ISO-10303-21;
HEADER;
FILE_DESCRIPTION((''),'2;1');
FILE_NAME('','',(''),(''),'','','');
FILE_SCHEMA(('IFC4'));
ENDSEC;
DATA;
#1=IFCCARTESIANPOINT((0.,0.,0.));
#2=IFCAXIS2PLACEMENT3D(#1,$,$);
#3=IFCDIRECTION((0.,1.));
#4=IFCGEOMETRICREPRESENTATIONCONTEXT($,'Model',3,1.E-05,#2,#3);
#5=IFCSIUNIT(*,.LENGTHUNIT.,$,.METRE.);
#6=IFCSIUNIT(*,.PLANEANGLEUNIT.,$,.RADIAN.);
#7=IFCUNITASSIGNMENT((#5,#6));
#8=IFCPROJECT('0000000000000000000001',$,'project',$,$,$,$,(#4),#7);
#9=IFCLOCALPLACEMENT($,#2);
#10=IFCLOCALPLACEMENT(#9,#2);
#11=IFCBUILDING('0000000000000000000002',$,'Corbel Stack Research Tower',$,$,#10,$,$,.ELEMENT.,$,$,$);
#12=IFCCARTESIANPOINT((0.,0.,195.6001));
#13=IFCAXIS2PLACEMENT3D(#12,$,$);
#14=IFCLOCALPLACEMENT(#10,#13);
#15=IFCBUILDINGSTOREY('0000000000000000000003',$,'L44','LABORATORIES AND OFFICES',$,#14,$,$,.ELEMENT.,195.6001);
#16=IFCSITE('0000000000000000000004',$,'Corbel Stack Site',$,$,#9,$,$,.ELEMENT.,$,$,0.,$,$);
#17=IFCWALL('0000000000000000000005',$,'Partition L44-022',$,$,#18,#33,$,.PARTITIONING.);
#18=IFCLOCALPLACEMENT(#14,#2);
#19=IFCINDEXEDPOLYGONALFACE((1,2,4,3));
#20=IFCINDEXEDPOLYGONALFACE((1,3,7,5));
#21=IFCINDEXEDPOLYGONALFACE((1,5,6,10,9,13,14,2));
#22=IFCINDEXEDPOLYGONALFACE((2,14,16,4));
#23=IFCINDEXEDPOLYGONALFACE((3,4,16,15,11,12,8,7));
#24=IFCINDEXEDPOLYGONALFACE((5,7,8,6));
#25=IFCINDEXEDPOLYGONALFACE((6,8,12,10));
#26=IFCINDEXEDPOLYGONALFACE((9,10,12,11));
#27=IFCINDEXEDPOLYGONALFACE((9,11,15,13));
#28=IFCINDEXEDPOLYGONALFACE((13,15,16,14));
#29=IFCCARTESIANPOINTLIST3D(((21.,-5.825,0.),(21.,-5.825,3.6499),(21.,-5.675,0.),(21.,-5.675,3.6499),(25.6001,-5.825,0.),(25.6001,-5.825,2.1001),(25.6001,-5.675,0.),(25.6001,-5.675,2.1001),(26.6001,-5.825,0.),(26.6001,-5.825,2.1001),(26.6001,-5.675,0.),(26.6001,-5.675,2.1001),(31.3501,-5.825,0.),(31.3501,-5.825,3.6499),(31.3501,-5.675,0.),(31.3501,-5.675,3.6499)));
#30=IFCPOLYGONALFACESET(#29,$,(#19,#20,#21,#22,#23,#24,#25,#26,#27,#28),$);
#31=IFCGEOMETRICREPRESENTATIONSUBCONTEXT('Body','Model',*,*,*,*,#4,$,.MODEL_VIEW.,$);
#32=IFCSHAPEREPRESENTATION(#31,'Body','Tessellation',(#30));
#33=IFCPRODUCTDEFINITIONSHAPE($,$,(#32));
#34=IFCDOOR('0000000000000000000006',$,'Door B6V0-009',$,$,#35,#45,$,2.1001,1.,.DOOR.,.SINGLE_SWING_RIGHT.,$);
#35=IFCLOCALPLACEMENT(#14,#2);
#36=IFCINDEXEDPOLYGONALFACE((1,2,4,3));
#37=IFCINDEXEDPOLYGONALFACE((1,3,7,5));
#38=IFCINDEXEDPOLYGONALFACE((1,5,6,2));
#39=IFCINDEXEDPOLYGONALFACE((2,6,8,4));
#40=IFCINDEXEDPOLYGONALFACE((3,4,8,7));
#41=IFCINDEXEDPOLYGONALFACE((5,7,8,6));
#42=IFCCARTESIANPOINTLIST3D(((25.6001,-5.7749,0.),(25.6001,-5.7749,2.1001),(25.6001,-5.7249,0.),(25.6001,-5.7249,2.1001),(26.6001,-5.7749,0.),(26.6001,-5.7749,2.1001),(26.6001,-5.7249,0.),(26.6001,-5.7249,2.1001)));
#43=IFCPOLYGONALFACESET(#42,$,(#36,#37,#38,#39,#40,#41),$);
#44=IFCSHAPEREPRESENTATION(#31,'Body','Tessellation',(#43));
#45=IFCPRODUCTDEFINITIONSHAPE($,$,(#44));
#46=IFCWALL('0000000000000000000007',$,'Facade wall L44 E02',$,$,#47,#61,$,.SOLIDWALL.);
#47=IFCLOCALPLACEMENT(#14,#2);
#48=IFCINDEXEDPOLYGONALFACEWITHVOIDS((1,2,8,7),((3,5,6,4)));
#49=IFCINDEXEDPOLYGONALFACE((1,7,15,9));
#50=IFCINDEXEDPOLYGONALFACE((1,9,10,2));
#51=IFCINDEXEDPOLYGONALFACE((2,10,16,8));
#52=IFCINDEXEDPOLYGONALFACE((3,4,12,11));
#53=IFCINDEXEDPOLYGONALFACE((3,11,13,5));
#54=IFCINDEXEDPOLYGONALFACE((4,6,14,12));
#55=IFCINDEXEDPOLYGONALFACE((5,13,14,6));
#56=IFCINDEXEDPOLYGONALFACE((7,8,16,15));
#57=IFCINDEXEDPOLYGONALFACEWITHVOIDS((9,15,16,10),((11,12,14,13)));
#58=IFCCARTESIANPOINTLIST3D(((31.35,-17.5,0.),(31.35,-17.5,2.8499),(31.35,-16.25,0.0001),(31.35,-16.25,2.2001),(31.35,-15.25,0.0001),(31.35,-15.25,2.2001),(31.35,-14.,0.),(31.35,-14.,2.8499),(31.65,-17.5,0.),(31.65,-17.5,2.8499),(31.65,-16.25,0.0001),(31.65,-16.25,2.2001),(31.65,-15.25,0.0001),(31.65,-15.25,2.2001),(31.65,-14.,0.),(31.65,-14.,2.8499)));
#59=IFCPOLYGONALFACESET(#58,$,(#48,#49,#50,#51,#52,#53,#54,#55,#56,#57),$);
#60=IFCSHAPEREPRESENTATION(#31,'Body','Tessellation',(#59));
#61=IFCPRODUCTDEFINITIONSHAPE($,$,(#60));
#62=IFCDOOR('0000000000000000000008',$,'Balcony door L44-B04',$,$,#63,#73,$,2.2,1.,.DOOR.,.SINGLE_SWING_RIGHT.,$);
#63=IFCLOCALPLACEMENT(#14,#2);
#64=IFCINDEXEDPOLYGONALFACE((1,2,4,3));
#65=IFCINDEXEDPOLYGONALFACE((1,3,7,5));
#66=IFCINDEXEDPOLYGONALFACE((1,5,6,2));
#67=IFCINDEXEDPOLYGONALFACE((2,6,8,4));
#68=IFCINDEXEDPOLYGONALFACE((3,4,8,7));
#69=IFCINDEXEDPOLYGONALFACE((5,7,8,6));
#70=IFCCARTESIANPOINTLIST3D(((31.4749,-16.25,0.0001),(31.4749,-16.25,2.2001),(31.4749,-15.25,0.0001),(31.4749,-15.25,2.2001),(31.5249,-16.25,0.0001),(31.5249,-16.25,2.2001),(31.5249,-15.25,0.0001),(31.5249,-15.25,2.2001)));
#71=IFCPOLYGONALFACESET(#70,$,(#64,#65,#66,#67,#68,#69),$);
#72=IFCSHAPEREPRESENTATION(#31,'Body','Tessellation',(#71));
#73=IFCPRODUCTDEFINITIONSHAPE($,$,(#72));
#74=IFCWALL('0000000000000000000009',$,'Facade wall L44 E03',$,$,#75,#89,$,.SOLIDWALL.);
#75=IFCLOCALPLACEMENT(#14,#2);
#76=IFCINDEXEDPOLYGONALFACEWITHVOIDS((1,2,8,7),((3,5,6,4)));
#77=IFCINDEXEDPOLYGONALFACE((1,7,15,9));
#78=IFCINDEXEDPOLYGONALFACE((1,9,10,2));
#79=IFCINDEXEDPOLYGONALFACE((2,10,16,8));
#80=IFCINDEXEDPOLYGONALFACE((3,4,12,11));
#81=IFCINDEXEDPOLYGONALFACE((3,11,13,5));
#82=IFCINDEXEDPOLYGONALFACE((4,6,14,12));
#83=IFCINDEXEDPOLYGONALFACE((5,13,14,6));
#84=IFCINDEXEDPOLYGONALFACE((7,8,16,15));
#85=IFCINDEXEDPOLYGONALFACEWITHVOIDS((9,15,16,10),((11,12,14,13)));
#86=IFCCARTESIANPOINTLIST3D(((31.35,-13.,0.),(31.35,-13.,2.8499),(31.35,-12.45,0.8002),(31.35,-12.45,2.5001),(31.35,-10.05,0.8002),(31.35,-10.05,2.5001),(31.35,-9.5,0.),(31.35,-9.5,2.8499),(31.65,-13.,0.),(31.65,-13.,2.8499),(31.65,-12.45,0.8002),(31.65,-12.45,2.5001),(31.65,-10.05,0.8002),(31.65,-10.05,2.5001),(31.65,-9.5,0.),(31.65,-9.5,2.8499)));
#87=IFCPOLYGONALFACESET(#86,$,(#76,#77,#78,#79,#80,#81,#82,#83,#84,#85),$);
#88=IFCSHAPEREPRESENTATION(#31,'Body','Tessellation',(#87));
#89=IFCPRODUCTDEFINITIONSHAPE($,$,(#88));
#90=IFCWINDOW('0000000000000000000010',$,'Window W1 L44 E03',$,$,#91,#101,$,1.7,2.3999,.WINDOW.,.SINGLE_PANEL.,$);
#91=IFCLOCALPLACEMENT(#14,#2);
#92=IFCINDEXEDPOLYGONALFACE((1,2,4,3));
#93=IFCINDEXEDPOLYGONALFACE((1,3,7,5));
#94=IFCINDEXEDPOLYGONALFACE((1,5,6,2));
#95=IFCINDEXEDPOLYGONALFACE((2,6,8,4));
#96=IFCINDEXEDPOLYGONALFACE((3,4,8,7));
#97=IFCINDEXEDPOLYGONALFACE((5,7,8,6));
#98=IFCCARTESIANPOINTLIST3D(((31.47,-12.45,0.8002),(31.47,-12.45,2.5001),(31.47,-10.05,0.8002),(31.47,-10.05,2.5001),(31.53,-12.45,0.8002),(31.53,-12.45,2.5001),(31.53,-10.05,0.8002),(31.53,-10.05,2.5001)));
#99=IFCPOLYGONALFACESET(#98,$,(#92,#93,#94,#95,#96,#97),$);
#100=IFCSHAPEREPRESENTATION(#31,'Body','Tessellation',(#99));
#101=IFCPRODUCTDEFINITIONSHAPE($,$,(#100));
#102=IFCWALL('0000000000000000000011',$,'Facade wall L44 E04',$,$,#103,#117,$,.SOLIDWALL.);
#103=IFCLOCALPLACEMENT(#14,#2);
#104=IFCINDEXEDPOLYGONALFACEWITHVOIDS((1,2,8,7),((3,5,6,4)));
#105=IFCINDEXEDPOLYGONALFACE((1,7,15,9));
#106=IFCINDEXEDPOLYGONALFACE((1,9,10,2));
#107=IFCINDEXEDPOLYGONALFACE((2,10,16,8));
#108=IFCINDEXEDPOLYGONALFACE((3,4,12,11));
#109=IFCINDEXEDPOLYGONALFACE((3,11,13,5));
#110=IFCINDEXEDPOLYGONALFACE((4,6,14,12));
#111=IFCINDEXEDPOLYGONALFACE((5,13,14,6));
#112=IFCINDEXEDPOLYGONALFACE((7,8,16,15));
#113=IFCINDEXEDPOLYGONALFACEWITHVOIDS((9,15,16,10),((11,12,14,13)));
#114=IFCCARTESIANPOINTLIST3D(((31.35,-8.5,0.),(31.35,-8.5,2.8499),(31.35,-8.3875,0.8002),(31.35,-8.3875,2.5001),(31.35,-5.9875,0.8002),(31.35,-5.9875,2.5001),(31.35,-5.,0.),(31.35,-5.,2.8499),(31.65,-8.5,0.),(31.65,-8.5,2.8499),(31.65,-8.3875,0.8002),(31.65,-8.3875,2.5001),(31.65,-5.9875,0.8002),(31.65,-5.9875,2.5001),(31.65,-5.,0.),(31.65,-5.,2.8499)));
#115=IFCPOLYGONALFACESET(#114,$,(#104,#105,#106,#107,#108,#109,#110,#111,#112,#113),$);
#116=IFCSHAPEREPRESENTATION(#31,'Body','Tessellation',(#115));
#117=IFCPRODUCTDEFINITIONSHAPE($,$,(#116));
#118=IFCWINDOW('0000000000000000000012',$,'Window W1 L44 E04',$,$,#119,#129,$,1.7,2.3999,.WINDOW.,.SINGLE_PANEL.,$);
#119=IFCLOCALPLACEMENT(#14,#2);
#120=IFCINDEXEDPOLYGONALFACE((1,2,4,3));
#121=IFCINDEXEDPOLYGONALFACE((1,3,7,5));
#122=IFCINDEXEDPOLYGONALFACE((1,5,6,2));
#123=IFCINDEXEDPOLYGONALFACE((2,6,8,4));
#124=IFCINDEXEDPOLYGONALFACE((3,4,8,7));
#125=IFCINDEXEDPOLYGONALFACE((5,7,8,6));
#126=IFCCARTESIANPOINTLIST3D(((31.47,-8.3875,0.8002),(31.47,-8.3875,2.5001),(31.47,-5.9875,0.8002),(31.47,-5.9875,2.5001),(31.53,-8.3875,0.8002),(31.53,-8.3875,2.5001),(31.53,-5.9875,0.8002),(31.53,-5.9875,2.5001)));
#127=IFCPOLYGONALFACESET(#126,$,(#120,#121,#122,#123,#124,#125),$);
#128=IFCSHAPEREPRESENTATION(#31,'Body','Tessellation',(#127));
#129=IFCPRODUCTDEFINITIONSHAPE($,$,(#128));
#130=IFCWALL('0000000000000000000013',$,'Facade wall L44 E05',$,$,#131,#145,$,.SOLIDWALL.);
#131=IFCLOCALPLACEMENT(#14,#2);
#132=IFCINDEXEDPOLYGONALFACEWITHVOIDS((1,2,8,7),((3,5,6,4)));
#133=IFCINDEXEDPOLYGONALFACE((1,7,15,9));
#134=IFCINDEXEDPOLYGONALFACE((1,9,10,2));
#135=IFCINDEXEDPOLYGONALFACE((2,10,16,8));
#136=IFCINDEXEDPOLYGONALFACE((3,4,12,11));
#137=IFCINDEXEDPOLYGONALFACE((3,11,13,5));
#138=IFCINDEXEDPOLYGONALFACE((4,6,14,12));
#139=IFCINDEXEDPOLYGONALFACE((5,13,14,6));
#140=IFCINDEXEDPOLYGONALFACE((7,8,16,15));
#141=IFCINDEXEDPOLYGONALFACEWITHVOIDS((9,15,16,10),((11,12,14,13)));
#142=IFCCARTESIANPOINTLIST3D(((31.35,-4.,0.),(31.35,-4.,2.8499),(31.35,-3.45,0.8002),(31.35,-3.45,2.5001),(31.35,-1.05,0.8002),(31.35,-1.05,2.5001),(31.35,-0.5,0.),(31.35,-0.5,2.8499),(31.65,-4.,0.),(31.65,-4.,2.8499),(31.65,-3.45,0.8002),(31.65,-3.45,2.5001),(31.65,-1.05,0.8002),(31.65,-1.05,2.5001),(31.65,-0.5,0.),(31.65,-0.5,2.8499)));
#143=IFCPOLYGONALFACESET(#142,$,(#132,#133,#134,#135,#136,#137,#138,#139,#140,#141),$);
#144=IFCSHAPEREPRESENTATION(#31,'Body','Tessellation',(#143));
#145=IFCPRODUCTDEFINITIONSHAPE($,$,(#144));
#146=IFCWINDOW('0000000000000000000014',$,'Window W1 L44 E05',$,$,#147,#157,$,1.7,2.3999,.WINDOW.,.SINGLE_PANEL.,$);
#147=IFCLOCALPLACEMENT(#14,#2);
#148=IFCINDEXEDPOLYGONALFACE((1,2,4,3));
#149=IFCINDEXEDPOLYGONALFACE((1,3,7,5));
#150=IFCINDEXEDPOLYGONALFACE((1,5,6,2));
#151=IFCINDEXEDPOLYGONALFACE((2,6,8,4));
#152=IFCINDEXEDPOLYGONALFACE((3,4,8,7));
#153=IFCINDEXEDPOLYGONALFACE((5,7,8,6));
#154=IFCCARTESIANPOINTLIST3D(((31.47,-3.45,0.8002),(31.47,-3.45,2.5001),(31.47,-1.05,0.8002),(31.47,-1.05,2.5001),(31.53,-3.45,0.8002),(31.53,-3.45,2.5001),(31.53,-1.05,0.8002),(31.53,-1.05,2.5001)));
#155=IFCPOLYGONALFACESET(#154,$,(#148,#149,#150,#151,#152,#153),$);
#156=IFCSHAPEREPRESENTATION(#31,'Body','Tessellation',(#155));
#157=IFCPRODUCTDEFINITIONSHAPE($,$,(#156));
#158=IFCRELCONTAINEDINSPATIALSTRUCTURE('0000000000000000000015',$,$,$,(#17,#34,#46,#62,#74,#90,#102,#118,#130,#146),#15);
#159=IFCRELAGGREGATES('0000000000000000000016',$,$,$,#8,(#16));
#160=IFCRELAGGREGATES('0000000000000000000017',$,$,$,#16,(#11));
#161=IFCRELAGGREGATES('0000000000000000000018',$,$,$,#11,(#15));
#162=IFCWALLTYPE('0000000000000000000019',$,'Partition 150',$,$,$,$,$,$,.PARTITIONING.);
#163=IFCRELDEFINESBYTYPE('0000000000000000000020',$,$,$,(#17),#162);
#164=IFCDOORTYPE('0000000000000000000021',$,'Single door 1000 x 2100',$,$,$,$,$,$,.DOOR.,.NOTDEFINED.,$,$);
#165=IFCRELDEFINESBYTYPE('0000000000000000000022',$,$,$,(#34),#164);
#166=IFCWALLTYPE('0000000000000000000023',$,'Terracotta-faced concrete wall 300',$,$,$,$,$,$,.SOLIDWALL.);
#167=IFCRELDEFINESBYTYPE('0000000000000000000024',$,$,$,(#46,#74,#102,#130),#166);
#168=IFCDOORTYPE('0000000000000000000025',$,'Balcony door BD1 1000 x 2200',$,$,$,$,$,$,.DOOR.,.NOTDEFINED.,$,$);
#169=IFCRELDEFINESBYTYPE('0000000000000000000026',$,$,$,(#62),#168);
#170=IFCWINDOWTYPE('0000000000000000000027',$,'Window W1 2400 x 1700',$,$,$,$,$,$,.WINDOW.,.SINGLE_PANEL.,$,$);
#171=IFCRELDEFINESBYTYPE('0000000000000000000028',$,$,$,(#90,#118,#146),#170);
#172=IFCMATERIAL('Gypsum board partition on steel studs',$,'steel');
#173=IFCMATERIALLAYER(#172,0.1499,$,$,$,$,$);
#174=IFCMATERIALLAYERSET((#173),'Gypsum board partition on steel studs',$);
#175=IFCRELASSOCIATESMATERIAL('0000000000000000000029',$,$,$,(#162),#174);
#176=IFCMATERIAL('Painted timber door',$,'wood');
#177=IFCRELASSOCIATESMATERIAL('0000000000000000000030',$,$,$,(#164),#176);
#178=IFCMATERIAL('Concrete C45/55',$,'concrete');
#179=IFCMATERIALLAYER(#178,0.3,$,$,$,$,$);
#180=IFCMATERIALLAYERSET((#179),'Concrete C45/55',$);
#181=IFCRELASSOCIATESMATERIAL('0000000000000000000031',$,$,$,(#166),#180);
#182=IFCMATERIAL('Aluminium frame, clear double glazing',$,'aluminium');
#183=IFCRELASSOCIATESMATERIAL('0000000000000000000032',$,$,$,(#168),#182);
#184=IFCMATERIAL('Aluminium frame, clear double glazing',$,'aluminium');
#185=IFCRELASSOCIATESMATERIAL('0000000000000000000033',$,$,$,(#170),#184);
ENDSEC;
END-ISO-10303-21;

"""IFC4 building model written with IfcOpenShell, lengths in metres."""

from ifc_helpers import new_model, si_unit, direction, frame, frame_2d, origin, place, context, subcontext, project, spatial, rectangle, extrude, material, layer, layer_set, type_object, element, fill, save


model = new_model("IFC4")

# Units and contexts
model_context = context("Model", 3, precision=1e-05, world=origin(), true_north=direction((0.0, 1.0)))
body_context = subcontext(model_context, "Body", "Model", "MODEL_VIEW")
ifc_project = project(units=[si_unit("LENGTHUNIT", "METRE"), si_unit("PLANEANGLEUNIT", "RADIAN")], contexts=[model_context])

# Site, building, storey
site_placement = place(None, origin())
site = spatial("IfcSite", under=ifc_project, at=site_placement, Name="Corbel Stack Site", CompositionType="ELEMENT", RefElevation=0.0)
building_placement = place(site_placement, origin())
building = spatial("IfcBuilding", under=site, at=building_placement, Name="Corbel Stack Research Tower", CompositionType="ELEMENT")
storey_placement = place(building_placement, frame((0.0, 0.0, 195.6001)))
storey = spatial("IfcBuildingStorey", under=building, at=storey_placement, Name="L44", Description="LABORATORIES AND OFFICES", CompositionType="ELEMENT", Elevation=195.6001)

# Walls, openings, doors
ifc_material_1 = material(Name="Gypsum board partition on steel studs", Category="steel")
ifc_layer_1 = layer(ifc_material_1, 0.1499)
ifc_layer_set_1 = layer_set([ifc_layer_1], Name="Gypsum board partition on steel studs")
wall_type_1 = type_object("IfcWallType", Name="Partition 150", PredefinedType="PARTITIONING", material=ifc_layer_set_1)
wall_1_placement = place(storey_placement, frame((31.3501, -5.75, 0.0), z_axis=(0.0, 0.0, 1.0), x_axis=(-1.0, 0.0, 0.0)))
wall_1 = element("IfcWall", 1, at=wall_1_placement, inside=storey, type_object=wall_type_1, Name="Partition L44-022", PredefinedType="PARTITIONING", context=body_context, shape_type="SweptSolid", body=[
    extrude(rectangle(XDim=10.3501, YDim=0.1499, at=frame_2d((5.175, 0.0))), origin(), (0.0, 0.0, 1.0), 3.6499),
])
opening_1_placement = place(wall_1_placement, frame((4.75, 0.0, 0.0)))
opening_1 = element("IfcOpeningElement", 2, at=opening_1_placement, cuts=wall_1, PredefinedType="OPENING", context=body_context, shape_type="SweptSolid", body=[
    extrude(rectangle(XDim=1.0, YDim=2.1001, at=frame_2d((0.5, 1.05))), frame((0.0, 0.085, 0.0), z_axis=(0.0, -1.0, 0.0), x_axis=(1.0, 0.0, 0.0)), (0.0, 0.0, 1.0), 0.1699),
])
ifc_material_2 = material(Name="Painted timber door", Category="wood")
door_type_1 = type_object("IfcDoorType", Name="Single door 1000 x 2100", OperationType="NOTDEFINED", PredefinedType="DOOR", material=ifc_material_2)
door_1_placement = place(opening_1_placement, origin())
door_1 = element("IfcDoor", 3, at=door_1_placement, inside=storey, type_object=door_type_1, Name="Door B6V0-009", OperationType="SINGLE_SWING_RIGHT", OverallHeight=2.1001, OverallWidth=1.0, PredefinedType="DOOR", context=body_context, shape_type="SweptSolid", body=[
    extrude(rectangle(XDim=1.0, YDim=2.1001, at=frame_2d((0.5, 1.05))), frame((0.0, 0.0249, 0.0), z_axis=(0.0, -1.0, 0.0), x_axis=(1.0, 0.0, 0.0)), (0.0, 0.0, 1.0), 0.05),
])
fill(opening_1, door_1)
ifc_material_3 = material(Name="Concrete C45/55", Category="concrete")
ifc_layer_2 = layer(ifc_material_3, 0.3)
ifc_layer_set_2 = layer_set([ifc_layer_2], Name="Concrete C45/55")
wall_type_2 = type_object("IfcWallType", Name="Terracotta-faced concrete wall 300", PredefinedType="SOLIDWALL", material=ifc_layer_set_2)
wall_2_placement = place(storey_placement, frame((31.5, -14.0, 0.0), z_axis=(0.0, 0.0, 1.0), x_axis=(0.0, -1.0, 0.0)))
wall_2 = element("IfcWall", 4, at=wall_2_placement, inside=storey, type_object=wall_type_2, Name="Facade wall L44 E02", PredefinedType="SOLIDWALL", context=body_context, shape_type="SweptSolid", body=[
    extrude(rectangle(XDim=3.5, YDim=0.3, at=frame_2d((1.75, 0.0))), origin(), (0.0, 0.0, 1.0), 2.8499),
])
opening_2_placement = place(wall_2_placement, frame((1.25, 0.0, 0.0)))
opening_2 = element("IfcOpeningElement", 5, at=opening_2_placement, cuts=wall_2, PredefinedType="OPENING", context=body_context, shape_type="SweptSolid", body=[
    extrude(rectangle(XDim=1.0, YDim=2.2, at=frame_2d((0.5, 1.1001))), frame((0.0, 0.1599, 0.0), z_axis=(0.0, -1.0, 0.0), x_axis=(1.0, 0.0, 0.0)), (0.0, 0.0, 1.0), 0.3201),
])
ifc_material_4 = material(Name="Aluminium frame, clear double glazing", Category="aluminium")
door_type_2 = type_object("IfcDoorType", Name="Balcony door BD1 1000 x 2200", OperationType="NOTDEFINED", PredefinedType="DOOR", material=ifc_material_4)
door_2_placement = place(opening_2_placement, origin())
door_2 = element("IfcDoor", 6, at=door_2_placement, inside=storey, type_object=door_type_2, Name="Balcony door L44-B04", OperationType="SINGLE_SWING_RIGHT", OverallHeight=2.2, OverallWidth=1.0, PredefinedType="DOOR", context=body_context, shape_type="SweptSolid", body=[
    extrude(rectangle(XDim=1.0, YDim=2.2, at=frame_2d((0.5, 1.1001))), frame((0.0, 0.0249, 0.0), z_axis=(0.0, -1.0, 0.0), x_axis=(1.0, 0.0, 0.0)), (0.0, 0.0, 1.0), 0.05),
])
fill(opening_2, door_2)

# Walls, openings, windows
wall_3_placement = place(storey_placement, frame((31.5, -9.5, 0.0), z_axis=(0.0, 0.0, 1.0), x_axis=(0.0, -1.0, 0.0)))
wall_3 = element("IfcWall", 7, at=wall_3_placement, inside=storey, type_object=wall_type_2, Name="Facade wall L44 E03", PredefinedType="SOLIDWALL", context=body_context, shape_type="SweptSolid", body=[
    extrude(rectangle(XDim=3.5, YDim=0.3, at=frame_2d((1.75, 0.0))), origin(), (0.0, 0.0, 1.0), 2.8499),
])
opening_3_placement = place(wall_3_placement, frame((0.55, 0.0, 0.8)))
opening_3 = element("IfcOpeningElement", 8, at=opening_3_placement, cuts=wall_3, PredefinedType="OPENING", context=body_context, shape_type="SweptSolid", body=[
    extrude(rectangle(XDim=2.3999, YDim=1.7, at=frame_2d((1.2, 0.8501))), frame((0.0, 0.1599, 0.0), z_axis=(0.0, -1.0, 0.0), x_axis=(1.0, 0.0, 0.0)), (0.0, 0.0, 1.0), 0.3201),
])
ifc_material_5 = material(Name="Aluminium frame, clear double glazing", Category="aluminium")
window_type = type_object("IfcWindowType", Name="Window W1 2400 x 1700", PartitioningType="SINGLE_PANEL", PredefinedType="WINDOW", material=ifc_material_5)
window_1_placement = place(opening_3_placement, origin())
window_1 = element("IfcWindow", 9, at=window_1_placement, inside=storey, type_object=window_type, Name="Window W1 L44 E03", OverallHeight=1.7, OverallWidth=2.3999, PartitioningType="SINGLE_PANEL", PredefinedType="WINDOW", context=body_context, shape_type="SweptSolid", body=[
    extrude(rectangle(XDim=2.3999, YDim=1.7, at=frame_2d((1.2, 0.8501))), frame((0.0, 0.03, 0.0), z_axis=(0.0, -1.0, 0.0), x_axis=(1.0, 0.0, 0.0)), (0.0, 0.0, 1.0), 0.0601),
])
fill(opening_3, window_1)
wall_4_placement = place(storey_placement, frame((31.5, -5.0, 0.0), z_axis=(0.0, 0.0, 1.0), x_axis=(0.0, -1.0, 0.0)))
wall_4 = element("IfcWall", 10, at=wall_4_placement, inside=storey, type_object=wall_type_2, Name="Facade wall L44 E04", PredefinedType="SOLIDWALL", context=body_context, shape_type="SweptSolid", body=[
    extrude(rectangle(XDim=3.5, YDim=0.3, at=frame_2d((1.75, 0.0))), origin(), (0.0, 0.0, 1.0), 2.8499),
])
opening_4_placement = place(wall_4_placement, frame((0.9875, 0.0, 0.8)))
opening_4 = element("IfcOpeningElement", 11, at=opening_4_placement, cuts=wall_4, PredefinedType="OPENING", context=body_context, shape_type="SweptSolid", body=[
    extrude(rectangle(XDim=2.3999, YDim=1.7, at=frame_2d((1.2, 0.8501))), frame((0.0, 0.1599, 0.0), z_axis=(0.0, -1.0, 0.0), x_axis=(1.0, 0.0, 0.0)), (0.0, 0.0, 1.0), 0.3201),
])
window_2_placement = place(opening_4_placement, origin())
window_2 = element("IfcWindow", 12, at=window_2_placement, inside=storey, type_object=window_type, Name="Window W1 L44 E04", OverallHeight=1.7, OverallWidth=2.3999, PartitioningType="SINGLE_PANEL", PredefinedType="WINDOW", context=body_context, shape_type="SweptSolid", body=[
    extrude(rectangle(XDim=2.3999, YDim=1.7, at=frame_2d((1.2, 0.8501))), frame((0.0, 0.03, 0.0), z_axis=(0.0, -1.0, 0.0), x_axis=(1.0, 0.0, 0.0)), (0.0, 0.0, 1.0), 0.0601),
])
fill(opening_4, window_2)
wall_5_placement = place(storey_placement, frame((31.5, -0.5, 0.0), z_axis=(0.0, 0.0, 1.0), x_axis=(0.0, -1.0, 0.0)))
wall_5 = element("IfcWall", 13, at=wall_5_placement, inside=storey, type_object=wall_type_2, Name="Facade wall L44 E05", PredefinedType="SOLIDWALL", context=body_context, shape_type="SweptSolid", body=[
    extrude(rectangle(XDim=3.5, YDim=0.3, at=frame_2d((1.75, 0.0))), origin(), (0.0, 0.0, 1.0), 2.8499),
])
opening_5_placement = place(wall_5_placement, frame((0.55, 0.0, 0.8)))
opening_5 = element("IfcOpeningElement", 14, at=opening_5_placement, cuts=wall_5, PredefinedType="OPENING", context=body_context, shape_type="SweptSolid", body=[
    extrude(rectangle(XDim=2.3999, YDim=1.7, at=frame_2d((1.2, 0.8501))), frame((0.0, 0.1599, 0.0), z_axis=(0.0, -1.0, 0.0), x_axis=(1.0, 0.0, 0.0)), (0.0, 0.0, 1.0), 0.3201),
])
window_3_placement = place(opening_5_placement, origin())
window_3 = element("IfcWindow", 15, at=window_3_placement, inside=storey, type_object=window_type, Name="Window W1 L44 E05", OverallHeight=1.7, OverallWidth=2.3999, PartitioningType="SINGLE_PANEL", PredefinedType="WINDOW", context=body_context, shape_type="SweptSolid", body=[
    extrude(rectangle(XDim=2.3999, YDim=1.7, at=frame_2d((1.2, 0.8501))), frame((0.0, 0.03, 0.0), z_axis=(0.0, -1.0, 0.0), x_axis=(1.0, 0.0, 0.0)), (0.0, 0.0, 1.0), 0.0601),
])
fill(opening_5, window_3)

save(model, "model.ifc")
